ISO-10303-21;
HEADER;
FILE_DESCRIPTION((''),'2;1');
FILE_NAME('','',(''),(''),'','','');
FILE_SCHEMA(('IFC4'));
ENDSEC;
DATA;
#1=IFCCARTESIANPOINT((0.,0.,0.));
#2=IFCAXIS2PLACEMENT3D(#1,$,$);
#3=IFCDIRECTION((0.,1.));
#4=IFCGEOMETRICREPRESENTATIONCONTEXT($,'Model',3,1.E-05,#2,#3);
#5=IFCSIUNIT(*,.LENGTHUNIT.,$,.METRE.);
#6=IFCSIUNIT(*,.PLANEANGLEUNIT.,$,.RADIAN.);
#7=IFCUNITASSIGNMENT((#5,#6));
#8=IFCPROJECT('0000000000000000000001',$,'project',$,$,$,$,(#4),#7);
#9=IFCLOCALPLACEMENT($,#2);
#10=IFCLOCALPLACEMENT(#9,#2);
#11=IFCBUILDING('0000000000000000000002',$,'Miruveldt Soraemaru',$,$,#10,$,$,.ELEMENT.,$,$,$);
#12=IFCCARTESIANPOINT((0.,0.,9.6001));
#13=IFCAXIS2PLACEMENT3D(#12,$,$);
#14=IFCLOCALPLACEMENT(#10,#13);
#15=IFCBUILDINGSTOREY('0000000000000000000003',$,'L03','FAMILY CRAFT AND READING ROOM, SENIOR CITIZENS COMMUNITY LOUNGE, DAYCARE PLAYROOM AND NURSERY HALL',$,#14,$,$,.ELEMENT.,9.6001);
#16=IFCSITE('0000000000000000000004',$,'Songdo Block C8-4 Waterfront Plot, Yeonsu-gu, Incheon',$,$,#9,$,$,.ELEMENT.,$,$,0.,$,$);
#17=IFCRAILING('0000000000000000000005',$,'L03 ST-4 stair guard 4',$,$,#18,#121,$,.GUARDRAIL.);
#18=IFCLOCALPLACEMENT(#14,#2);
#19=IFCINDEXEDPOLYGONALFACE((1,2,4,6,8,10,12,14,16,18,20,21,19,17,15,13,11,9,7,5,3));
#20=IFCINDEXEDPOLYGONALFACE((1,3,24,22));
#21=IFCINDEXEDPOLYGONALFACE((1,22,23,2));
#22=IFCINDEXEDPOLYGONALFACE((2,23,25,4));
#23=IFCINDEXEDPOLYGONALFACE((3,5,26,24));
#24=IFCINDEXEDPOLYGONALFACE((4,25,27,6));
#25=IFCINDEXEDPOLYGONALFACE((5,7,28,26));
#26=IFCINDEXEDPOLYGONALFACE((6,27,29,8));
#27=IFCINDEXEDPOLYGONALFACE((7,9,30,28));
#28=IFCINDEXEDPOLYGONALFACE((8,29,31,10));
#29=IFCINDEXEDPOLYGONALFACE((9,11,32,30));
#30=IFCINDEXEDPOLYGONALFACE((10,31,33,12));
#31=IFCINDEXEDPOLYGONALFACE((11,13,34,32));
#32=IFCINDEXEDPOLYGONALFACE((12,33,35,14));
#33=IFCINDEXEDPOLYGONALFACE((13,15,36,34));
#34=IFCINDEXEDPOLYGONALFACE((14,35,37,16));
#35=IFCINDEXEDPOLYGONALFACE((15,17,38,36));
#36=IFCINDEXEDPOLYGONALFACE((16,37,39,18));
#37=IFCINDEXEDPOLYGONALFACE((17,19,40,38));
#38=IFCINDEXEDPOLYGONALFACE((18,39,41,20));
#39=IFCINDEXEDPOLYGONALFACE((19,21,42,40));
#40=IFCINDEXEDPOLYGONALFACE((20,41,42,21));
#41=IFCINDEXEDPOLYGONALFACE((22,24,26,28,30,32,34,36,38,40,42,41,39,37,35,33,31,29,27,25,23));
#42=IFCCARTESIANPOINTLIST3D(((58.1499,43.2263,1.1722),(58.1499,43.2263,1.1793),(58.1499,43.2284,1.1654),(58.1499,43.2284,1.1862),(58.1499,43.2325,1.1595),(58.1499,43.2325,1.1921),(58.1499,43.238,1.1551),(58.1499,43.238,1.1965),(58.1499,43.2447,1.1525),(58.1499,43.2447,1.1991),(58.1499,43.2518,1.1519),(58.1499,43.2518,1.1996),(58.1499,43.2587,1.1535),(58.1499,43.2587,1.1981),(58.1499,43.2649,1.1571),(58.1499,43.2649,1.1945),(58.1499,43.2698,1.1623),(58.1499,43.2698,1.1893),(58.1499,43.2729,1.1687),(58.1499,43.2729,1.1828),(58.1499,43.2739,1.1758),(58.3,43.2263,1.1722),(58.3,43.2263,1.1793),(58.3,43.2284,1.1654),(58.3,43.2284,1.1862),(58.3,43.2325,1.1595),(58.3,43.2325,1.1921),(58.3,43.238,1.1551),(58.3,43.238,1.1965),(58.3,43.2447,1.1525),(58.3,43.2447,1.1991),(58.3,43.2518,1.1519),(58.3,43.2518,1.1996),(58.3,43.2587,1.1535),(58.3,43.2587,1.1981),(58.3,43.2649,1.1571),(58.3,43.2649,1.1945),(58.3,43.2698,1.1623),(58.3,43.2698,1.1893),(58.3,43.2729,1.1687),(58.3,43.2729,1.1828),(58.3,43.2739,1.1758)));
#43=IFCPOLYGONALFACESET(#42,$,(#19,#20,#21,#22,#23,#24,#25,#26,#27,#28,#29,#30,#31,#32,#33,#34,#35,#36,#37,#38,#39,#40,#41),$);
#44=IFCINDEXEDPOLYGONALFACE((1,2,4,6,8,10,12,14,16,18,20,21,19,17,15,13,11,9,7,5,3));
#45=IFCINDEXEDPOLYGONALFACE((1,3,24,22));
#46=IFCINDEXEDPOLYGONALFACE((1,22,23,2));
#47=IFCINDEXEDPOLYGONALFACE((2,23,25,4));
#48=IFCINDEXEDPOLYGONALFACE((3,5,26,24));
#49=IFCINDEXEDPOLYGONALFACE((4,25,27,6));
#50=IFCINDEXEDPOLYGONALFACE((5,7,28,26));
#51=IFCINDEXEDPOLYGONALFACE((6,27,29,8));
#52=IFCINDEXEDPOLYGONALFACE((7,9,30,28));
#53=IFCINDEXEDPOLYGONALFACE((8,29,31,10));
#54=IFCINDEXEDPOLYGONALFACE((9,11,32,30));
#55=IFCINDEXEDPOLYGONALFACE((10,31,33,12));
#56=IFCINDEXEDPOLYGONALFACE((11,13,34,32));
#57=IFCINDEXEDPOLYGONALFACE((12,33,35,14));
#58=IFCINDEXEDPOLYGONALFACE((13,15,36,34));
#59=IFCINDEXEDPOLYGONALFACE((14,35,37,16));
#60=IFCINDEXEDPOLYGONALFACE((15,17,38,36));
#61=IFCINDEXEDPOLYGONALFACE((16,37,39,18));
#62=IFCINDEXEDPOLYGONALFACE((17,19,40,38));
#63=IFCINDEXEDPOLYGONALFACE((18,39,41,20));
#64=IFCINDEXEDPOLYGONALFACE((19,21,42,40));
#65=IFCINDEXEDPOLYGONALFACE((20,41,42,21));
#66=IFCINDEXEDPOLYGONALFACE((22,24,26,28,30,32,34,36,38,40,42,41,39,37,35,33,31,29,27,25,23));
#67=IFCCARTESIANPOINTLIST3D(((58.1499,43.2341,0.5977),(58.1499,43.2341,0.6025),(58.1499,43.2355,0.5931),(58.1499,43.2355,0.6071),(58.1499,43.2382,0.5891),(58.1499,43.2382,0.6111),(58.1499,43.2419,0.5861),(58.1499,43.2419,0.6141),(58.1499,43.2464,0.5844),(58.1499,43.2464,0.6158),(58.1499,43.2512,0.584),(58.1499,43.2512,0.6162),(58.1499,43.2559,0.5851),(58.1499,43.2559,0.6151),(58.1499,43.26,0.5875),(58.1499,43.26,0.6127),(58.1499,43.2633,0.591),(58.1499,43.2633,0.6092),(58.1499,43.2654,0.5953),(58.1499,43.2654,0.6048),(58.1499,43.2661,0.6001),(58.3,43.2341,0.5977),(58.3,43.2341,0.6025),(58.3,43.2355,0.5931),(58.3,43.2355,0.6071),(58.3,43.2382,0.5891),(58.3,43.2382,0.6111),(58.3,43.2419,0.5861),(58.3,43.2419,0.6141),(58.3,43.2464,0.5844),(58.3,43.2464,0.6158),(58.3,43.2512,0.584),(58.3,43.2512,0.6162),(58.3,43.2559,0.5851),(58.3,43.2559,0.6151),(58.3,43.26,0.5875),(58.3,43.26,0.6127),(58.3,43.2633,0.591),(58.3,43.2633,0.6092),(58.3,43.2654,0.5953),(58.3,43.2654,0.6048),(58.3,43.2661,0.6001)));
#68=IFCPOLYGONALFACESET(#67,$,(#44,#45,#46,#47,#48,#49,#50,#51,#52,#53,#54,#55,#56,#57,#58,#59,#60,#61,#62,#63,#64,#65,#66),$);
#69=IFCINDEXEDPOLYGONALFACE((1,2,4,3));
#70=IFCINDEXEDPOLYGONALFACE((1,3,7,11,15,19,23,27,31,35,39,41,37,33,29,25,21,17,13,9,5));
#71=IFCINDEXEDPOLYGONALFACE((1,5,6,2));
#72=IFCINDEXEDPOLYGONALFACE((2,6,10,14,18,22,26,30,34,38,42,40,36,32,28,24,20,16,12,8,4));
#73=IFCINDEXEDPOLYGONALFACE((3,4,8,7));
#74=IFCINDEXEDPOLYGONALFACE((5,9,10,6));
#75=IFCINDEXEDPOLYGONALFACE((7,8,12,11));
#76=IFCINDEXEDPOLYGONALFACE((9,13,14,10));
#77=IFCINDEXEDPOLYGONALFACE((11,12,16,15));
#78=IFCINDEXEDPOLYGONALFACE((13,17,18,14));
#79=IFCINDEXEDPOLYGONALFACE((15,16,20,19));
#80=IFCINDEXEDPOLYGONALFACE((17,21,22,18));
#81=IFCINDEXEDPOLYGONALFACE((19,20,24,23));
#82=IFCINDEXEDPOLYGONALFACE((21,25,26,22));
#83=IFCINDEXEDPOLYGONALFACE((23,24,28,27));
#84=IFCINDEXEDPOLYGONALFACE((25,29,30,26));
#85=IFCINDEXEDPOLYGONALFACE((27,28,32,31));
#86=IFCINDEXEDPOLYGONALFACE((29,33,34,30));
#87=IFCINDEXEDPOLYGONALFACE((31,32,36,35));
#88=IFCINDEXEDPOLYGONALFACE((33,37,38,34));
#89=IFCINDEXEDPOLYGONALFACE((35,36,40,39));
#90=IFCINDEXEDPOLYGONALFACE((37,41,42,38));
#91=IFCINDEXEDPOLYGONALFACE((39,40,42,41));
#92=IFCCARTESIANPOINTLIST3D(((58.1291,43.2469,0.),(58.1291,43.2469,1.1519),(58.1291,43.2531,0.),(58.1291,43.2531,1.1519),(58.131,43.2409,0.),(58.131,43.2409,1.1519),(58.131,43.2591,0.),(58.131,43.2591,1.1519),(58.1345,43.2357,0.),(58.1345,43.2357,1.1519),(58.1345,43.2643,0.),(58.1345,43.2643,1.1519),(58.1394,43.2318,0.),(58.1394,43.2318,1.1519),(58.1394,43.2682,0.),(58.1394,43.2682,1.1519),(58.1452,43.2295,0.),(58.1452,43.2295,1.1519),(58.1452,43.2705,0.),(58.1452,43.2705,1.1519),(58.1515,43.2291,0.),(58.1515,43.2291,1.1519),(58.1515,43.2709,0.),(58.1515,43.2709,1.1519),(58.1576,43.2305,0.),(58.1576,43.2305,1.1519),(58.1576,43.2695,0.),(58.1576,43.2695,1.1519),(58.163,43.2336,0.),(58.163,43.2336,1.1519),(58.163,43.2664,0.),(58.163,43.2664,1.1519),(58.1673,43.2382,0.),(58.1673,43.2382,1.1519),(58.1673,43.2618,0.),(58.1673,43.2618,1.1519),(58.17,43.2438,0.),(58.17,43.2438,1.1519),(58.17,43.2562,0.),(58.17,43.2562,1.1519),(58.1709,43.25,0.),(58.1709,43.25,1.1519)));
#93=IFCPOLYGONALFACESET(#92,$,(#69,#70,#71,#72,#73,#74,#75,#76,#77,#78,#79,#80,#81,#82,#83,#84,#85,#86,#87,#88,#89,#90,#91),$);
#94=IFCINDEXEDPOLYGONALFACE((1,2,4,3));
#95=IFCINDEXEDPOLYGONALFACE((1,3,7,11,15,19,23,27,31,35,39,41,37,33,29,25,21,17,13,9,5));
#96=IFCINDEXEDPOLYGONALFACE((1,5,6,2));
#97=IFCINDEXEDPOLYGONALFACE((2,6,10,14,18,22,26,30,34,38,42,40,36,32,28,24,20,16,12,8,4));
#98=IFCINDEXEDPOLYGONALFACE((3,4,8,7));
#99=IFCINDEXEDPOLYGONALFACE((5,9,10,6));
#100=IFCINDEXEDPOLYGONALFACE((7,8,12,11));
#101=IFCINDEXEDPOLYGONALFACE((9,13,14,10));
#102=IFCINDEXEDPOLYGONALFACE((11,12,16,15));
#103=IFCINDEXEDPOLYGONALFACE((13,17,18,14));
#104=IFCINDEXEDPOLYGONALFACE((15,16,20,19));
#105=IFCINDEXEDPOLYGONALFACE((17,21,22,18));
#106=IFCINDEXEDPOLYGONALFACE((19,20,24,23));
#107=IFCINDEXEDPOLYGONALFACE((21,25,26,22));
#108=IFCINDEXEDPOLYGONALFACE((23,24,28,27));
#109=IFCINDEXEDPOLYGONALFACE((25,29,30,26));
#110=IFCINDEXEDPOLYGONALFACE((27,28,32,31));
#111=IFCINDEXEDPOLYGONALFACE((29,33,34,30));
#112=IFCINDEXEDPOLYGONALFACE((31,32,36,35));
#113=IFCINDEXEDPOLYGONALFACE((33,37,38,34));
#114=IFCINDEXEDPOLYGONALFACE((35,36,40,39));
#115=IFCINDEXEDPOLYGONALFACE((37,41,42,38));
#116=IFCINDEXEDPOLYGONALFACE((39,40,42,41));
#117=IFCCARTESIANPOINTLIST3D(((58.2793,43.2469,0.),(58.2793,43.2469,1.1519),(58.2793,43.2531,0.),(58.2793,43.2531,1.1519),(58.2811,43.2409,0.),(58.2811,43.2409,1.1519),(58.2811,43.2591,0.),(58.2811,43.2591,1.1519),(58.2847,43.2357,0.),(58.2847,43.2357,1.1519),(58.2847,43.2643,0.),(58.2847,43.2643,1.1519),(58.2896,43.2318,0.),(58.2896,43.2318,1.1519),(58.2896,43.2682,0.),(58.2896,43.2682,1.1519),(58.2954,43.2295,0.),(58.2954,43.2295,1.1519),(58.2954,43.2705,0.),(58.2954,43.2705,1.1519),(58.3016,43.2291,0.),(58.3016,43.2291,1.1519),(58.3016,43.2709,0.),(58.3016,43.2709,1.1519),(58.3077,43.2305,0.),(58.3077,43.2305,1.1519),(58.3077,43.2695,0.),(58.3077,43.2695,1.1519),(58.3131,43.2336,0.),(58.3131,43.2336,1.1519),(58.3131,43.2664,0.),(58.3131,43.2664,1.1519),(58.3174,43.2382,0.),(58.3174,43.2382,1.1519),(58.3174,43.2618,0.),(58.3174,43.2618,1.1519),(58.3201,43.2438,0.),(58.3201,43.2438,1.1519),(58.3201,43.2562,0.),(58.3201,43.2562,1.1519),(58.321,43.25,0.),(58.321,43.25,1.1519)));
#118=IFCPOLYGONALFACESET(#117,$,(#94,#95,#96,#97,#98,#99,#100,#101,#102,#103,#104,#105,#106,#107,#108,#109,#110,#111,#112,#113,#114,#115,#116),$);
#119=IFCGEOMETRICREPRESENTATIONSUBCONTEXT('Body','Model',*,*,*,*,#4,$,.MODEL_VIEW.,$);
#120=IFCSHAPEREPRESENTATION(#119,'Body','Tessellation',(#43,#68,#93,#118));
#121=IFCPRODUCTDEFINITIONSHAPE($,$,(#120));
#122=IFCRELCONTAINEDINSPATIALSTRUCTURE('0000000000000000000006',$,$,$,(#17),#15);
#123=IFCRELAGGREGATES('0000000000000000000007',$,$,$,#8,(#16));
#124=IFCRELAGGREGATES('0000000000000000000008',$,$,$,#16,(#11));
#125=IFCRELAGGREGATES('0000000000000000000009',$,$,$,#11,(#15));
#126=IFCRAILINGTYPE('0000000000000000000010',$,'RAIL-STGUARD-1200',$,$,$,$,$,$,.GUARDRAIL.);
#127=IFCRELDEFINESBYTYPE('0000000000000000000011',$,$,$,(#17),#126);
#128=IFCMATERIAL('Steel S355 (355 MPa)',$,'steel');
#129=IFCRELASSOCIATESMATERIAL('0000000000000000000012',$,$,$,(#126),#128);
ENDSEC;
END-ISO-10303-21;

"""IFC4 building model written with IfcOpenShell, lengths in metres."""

from ifc_helpers import new_model, si_unit, direction, frame, origin, origin_2d, place, context, subcontext, project, spatial, circle, extrude, material, type_object, element, save


model = new_model("IFC4")

# Units and contexts
model_context = context("Model", 3, precision=1e-05, world=origin(), true_north=direction((0.0, 1.0)))
body_context = subcontext(model_context, "Body", "Model", "MODEL_VIEW")
ifc_project = project(units=[si_unit("LENGTHUNIT", "METRE"), si_unit("PLANEANGLEUNIT", "RADIAN")], contexts=[model_context])

# Site, building, storey
site_placement = place(None, origin())
site = spatial("IfcSite", under=ifc_project, at=site_placement, Name="Songdo Block C8-4 Waterfront Plot, Yeonsu-gu, Incheon", CompositionType="ELEMENT", RefElevation=0.0)
building_placement = place(site_placement, origin())
building = spatial("IfcBuilding", under=site, at=building_placement, Name="Miruveldt Soraemaru", CompositionType="ELEMENT")
storey_placement = place(building_placement, frame((0.0, 0.0, 9.6001)))
storey = spatial("IfcBuildingStorey", under=building, at=storey_placement, Name="L03", Description="FAMILY CRAFT AND READING ROOM, SENIOR CITIZENS COMMUNITY LOUNGE, DAYCARE PLAYROOM AND NURSERY HALL", CompositionType="ELEMENT", Elevation=9.6001)

# Shared definitions
ifc_material_1 = material(Name="Steel S355 (355 MPa)", Category="steel")

# Railing
railing_type_1 = type_object("IfcRailingType", Name="RAIL-STGUARD-1200", PredefinedType="GUARDRAIL", material=ifc_material_1)
railing_1_placement = place(storey_placement, frame((58.1499, 43.25, 0.0)))
element("IfcRailing", 1, at=railing_1_placement, inside=storey, type_object=railing_type_1, Name="L03 ST-4 stair guard 4", PredefinedType="GUARDRAIL", context=body_context, shape_type="SweptSolid", body=[
    extrude(circle(Radius=0.0239, at=origin_2d()), frame((0.0, 0.0, 1.1758), z_axis=(1.0, 0.0, 0.0), x_axis=(0.0, 1.0, 0.0)), (0.0, 0.0, 1.0), 0.1501),
    extrude(circle(Radius=0.0161, at=origin_2d()), frame((0.0, 0.0, 0.6001), z_axis=(1.0, 0.0, 0.0), x_axis=(0.0, 1.0, 0.0)), (0.0, 0.0, 1.0), 0.1501),
    extrude(circle(Radius=0.021, at=origin_2d()), origin(), (0.0, 0.0, 1.0), 1.1519),
    extrude(circle(Radius=0.021, at=origin_2d()), frame((0.1501, 0.0, 0.0)), (0.0, 0.0, 1.0), 1.1519),
])

save(model, "model.ifc")
